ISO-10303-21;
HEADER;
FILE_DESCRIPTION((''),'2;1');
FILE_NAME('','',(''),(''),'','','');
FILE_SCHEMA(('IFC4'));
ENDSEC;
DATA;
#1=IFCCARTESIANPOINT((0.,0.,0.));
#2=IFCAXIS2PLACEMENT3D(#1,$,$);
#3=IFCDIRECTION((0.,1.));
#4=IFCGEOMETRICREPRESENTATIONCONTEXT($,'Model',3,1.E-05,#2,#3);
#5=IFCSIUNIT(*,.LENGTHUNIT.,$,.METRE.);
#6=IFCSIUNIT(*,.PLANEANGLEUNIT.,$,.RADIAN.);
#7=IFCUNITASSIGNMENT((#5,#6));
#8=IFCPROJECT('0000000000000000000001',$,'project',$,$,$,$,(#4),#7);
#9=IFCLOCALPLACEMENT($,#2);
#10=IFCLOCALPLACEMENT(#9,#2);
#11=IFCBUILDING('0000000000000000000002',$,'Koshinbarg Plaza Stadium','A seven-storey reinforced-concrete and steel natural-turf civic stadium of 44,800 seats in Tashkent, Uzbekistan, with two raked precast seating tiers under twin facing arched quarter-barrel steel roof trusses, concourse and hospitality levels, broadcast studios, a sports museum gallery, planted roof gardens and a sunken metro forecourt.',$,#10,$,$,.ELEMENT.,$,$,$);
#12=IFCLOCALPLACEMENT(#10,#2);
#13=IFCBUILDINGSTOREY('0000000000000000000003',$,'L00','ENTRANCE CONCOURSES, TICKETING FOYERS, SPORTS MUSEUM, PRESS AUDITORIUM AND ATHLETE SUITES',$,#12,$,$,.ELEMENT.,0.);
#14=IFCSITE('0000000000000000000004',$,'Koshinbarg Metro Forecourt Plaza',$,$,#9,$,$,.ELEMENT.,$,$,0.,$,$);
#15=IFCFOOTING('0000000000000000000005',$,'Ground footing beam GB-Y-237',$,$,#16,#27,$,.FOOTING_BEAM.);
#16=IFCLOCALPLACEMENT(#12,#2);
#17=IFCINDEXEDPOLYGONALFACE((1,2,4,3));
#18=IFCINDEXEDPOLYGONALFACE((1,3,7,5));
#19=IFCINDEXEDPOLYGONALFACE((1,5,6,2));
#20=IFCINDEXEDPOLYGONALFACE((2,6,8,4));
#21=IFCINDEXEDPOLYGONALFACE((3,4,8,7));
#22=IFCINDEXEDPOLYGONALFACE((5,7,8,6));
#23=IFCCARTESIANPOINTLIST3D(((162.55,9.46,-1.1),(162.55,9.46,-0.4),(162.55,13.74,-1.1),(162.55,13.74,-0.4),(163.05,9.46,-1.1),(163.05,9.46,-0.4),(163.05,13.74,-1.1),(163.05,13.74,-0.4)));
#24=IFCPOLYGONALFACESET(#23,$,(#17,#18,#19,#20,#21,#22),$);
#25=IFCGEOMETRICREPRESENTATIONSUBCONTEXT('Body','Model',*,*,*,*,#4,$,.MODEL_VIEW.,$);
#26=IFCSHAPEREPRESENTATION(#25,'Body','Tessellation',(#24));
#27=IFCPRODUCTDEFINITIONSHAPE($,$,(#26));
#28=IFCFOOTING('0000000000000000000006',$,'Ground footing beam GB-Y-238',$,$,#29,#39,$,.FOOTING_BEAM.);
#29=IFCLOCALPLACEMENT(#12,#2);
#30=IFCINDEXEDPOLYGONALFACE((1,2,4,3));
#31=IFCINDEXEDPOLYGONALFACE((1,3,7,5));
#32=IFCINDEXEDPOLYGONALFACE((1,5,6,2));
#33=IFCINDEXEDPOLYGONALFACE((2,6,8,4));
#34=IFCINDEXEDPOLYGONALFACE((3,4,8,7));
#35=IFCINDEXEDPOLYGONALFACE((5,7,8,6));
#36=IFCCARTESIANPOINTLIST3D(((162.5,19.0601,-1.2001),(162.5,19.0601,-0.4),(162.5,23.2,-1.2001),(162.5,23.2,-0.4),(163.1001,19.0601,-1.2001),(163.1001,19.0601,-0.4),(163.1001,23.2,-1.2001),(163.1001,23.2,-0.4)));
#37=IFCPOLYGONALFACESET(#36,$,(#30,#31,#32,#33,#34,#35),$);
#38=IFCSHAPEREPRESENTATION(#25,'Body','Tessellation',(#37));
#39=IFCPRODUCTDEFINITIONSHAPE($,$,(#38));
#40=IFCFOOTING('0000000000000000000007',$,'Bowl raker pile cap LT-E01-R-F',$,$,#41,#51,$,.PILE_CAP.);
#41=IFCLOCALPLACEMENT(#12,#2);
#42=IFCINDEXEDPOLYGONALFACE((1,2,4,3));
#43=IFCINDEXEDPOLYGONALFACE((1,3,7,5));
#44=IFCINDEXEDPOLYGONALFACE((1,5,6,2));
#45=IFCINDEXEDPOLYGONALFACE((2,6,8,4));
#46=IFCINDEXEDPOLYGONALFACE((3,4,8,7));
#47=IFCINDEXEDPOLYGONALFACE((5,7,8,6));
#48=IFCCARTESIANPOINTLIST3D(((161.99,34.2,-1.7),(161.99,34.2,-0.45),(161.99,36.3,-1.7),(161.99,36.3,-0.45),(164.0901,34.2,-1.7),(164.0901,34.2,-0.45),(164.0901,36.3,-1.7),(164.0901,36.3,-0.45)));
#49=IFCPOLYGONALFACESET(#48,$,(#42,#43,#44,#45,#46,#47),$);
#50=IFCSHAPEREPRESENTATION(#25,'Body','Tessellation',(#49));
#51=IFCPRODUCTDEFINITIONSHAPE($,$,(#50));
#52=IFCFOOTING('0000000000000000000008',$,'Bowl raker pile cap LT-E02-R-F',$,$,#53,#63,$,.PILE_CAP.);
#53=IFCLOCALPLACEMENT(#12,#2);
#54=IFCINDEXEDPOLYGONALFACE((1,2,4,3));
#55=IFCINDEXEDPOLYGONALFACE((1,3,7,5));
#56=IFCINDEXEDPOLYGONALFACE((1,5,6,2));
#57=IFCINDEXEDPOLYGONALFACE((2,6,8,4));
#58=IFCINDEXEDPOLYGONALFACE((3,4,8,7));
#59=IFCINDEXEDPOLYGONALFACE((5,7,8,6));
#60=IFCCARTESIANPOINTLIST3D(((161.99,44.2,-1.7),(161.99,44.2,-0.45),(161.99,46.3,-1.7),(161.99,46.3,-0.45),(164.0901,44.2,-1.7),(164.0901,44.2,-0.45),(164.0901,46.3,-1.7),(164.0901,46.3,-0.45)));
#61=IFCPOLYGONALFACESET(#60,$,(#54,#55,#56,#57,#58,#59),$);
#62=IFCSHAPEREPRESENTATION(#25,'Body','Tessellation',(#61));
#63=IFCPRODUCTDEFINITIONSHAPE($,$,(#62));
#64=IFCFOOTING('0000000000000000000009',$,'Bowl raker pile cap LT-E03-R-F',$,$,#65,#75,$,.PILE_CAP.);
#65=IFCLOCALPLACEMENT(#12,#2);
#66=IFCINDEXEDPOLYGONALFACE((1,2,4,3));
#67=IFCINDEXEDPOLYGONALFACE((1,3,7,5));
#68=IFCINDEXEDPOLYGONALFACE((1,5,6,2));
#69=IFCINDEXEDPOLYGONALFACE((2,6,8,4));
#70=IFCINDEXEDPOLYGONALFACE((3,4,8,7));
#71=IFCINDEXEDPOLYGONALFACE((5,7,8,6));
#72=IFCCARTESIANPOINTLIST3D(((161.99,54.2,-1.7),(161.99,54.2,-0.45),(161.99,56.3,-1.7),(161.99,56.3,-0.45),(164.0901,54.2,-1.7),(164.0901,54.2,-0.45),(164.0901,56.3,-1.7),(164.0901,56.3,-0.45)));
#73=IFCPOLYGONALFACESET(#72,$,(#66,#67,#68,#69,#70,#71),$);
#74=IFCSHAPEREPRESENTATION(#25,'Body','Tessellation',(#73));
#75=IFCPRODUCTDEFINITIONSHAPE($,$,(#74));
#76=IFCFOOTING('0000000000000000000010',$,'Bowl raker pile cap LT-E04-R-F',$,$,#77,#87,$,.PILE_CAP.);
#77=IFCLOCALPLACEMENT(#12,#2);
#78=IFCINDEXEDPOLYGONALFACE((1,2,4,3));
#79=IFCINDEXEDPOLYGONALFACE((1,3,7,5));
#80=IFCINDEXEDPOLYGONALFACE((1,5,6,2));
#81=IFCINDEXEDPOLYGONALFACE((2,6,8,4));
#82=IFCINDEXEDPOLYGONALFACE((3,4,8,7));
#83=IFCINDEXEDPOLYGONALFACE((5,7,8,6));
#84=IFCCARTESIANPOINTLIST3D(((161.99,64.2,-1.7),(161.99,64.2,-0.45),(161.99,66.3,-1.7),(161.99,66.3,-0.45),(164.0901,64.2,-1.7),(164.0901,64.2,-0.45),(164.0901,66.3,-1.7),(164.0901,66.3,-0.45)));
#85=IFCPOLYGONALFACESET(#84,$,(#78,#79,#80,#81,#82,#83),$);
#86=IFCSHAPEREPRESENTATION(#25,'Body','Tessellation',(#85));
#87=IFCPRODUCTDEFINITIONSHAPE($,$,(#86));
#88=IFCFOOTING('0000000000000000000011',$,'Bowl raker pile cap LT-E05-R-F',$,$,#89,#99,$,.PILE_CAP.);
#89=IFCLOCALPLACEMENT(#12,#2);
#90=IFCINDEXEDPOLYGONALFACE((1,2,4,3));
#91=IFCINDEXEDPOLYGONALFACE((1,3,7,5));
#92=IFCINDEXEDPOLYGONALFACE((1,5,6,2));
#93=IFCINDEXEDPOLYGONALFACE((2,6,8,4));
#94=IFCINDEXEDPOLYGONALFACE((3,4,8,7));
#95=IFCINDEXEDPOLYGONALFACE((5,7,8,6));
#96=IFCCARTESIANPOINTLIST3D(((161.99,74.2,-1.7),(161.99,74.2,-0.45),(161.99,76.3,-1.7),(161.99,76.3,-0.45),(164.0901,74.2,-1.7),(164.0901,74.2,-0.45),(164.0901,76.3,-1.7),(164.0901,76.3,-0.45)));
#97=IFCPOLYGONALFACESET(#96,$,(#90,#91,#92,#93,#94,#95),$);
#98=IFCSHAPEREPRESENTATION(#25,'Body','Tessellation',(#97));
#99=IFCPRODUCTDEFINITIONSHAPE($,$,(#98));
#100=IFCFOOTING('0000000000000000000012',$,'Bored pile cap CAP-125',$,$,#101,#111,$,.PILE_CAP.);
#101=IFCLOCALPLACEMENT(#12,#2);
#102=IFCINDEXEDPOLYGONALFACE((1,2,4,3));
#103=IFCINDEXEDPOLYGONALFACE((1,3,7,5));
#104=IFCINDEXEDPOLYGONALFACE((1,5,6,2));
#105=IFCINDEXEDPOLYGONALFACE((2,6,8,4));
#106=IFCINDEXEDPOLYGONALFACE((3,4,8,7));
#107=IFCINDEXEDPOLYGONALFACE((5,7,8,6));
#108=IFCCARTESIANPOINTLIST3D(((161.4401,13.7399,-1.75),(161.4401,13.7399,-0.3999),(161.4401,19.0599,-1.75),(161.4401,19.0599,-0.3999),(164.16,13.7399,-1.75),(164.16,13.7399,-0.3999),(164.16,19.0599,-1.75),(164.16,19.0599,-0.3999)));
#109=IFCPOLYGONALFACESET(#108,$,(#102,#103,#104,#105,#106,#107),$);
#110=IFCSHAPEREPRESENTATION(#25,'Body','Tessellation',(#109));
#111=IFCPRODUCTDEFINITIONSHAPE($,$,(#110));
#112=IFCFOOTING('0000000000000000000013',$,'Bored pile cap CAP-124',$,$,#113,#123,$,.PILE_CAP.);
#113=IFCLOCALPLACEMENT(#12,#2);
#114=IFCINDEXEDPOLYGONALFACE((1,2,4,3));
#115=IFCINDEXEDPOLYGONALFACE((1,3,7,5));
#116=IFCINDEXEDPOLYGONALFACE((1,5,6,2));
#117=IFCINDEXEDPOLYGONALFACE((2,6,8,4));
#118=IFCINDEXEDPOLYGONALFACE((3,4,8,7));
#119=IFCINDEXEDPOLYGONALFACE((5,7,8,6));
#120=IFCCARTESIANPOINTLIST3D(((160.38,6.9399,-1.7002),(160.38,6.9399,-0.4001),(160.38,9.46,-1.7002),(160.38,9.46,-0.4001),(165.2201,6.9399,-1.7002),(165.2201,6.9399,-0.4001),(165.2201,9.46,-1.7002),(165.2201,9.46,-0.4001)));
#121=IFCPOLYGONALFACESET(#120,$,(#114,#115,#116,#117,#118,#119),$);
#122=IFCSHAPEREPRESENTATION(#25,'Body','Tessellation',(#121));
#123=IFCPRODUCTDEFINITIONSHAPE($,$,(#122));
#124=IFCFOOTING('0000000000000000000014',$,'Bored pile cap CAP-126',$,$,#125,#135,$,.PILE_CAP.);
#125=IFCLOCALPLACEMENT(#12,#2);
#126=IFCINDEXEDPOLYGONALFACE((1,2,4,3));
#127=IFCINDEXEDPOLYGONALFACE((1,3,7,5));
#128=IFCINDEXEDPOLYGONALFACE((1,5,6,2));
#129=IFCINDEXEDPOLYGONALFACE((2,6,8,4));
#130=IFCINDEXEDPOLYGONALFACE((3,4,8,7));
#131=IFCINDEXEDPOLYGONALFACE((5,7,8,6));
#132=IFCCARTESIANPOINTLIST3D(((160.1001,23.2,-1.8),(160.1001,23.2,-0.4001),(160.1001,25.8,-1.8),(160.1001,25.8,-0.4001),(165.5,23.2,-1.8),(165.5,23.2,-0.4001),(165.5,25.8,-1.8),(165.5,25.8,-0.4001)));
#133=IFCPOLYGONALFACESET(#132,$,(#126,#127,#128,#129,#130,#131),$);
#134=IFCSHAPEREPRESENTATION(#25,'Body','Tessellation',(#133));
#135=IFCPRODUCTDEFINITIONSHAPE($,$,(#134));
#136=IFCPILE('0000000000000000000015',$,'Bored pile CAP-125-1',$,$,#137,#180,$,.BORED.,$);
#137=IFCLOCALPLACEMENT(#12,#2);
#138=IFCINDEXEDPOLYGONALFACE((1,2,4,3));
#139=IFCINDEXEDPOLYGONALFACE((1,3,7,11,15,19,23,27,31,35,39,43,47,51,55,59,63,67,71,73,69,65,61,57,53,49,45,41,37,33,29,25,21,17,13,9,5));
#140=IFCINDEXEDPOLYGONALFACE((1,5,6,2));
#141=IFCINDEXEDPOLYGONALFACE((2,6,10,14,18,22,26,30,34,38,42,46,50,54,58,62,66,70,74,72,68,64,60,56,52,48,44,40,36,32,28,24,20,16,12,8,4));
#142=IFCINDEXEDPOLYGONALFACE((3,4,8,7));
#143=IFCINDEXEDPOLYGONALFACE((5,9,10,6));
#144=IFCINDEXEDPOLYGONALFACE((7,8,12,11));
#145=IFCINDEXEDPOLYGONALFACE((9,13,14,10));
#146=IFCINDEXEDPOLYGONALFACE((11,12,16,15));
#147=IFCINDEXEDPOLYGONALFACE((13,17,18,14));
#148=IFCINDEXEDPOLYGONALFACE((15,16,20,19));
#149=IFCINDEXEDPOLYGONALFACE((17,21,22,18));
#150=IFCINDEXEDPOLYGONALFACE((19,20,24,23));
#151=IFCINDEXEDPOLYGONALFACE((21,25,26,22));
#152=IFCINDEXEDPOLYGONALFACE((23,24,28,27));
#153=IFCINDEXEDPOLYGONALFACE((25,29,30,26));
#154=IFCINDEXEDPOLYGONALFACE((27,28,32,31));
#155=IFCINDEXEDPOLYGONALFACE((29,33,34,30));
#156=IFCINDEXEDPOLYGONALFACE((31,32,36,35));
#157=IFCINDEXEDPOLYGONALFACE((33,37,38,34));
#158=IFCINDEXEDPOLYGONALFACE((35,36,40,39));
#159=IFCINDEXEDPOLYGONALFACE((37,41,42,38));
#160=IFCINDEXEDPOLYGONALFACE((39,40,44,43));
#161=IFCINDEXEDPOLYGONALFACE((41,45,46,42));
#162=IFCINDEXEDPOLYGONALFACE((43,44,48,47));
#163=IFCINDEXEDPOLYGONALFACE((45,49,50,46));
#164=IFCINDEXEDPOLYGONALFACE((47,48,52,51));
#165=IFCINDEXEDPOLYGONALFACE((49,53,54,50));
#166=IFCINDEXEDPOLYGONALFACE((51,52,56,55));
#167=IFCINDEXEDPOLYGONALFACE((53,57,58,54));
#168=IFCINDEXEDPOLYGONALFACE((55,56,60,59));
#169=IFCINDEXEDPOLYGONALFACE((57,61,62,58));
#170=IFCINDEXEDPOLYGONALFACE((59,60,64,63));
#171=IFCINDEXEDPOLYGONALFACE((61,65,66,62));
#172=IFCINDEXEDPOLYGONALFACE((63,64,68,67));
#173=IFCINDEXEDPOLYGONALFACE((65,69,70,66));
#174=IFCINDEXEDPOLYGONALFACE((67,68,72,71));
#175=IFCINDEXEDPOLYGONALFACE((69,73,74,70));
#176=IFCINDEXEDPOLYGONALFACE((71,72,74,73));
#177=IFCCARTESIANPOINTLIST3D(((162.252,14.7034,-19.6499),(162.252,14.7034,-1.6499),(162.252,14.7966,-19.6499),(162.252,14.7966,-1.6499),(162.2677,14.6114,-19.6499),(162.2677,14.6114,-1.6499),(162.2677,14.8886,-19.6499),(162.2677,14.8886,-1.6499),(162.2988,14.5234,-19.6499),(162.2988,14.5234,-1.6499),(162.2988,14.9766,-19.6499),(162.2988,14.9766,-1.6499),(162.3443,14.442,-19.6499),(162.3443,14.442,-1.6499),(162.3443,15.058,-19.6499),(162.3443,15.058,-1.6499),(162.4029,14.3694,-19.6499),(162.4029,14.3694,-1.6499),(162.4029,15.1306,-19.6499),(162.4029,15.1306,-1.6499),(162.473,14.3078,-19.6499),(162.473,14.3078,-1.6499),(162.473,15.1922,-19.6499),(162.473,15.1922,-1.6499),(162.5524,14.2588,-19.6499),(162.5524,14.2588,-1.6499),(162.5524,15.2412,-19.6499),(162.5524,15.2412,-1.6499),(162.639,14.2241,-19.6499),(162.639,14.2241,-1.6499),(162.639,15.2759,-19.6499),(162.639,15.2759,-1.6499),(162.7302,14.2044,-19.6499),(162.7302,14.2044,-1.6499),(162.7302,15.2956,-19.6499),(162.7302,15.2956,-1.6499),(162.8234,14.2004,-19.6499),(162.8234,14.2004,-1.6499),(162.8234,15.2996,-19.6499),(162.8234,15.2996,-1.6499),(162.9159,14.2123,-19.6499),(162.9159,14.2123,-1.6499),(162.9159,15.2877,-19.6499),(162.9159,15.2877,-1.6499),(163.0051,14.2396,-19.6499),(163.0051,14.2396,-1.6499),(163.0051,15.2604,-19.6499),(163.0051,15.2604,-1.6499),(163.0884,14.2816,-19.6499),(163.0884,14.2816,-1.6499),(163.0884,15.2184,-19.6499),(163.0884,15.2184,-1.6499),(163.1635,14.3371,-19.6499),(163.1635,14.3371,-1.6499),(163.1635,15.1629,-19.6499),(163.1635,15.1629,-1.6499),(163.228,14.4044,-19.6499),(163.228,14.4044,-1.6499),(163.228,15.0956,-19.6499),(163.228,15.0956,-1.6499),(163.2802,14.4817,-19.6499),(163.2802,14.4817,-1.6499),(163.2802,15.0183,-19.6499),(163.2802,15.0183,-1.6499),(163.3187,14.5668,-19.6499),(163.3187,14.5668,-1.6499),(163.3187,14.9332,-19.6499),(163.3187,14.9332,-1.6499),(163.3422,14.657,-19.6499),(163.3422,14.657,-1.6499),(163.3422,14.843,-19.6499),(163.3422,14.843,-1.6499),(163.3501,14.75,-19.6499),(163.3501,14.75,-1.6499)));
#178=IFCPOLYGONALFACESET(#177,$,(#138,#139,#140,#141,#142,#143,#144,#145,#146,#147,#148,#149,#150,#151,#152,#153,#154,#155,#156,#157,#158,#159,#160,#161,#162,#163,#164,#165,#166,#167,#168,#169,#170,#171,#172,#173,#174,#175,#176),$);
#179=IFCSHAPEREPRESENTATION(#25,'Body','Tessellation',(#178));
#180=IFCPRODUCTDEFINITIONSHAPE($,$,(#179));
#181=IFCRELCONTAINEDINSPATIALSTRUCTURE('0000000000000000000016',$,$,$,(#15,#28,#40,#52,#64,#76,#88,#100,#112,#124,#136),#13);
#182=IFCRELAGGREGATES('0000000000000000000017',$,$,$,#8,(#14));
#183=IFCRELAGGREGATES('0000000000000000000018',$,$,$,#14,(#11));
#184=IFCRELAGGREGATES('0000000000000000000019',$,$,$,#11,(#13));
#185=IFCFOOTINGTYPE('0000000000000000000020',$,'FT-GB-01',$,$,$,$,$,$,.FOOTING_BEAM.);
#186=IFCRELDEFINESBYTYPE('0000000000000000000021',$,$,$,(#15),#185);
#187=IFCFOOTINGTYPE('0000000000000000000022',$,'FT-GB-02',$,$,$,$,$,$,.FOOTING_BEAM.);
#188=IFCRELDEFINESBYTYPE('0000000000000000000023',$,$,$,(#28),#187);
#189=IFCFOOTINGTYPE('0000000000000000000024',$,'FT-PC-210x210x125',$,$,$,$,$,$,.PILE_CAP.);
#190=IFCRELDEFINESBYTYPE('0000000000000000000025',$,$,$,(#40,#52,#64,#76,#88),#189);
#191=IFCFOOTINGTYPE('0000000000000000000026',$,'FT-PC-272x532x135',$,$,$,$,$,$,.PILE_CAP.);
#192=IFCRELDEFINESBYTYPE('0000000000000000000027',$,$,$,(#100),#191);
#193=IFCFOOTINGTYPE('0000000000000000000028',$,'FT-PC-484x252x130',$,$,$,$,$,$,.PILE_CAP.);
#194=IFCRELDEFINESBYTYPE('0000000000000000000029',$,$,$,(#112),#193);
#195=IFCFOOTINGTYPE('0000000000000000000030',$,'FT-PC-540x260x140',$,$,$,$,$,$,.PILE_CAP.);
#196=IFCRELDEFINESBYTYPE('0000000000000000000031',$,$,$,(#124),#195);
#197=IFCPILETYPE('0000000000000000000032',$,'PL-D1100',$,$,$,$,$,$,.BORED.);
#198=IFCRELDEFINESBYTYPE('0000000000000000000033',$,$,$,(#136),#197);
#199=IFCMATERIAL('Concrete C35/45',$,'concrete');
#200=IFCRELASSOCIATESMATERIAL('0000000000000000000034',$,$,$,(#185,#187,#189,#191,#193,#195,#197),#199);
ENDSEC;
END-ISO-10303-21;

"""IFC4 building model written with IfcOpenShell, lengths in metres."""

from ifc_helpers import new_model, si_unit, direction, frame, origin, origin_2d, place, context, subcontext, project, spatial, rectangle, circle, extrude, material, material_profile, profile_set, type_object, element, save


model = new_model("IFC4")

# Units and contexts
model_context = context("Model", 3, precision=1e-05, world=origin(), true_north=direction((0.0, 1.0)))
body_context = subcontext(model_context, "Body", "Model", "MODEL_VIEW")
ifc_project = project(units=[si_unit("LENGTHUNIT", "METRE"), si_unit("PLANEANGLEUNIT", "RADIAN")], contexts=[model_context])

# Site, building, storey
site_placement = place(None, origin())
site = spatial("IfcSite", under=ifc_project, at=site_placement, Name="Koshinbarg Metro Forecourt Plaza", CompositionType="ELEMENT", RefElevation=0.0)
building_placement = place(site_placement, origin())
building = spatial("IfcBuilding", under=site, at=building_placement, Name="Koshinbarg Plaza Stadium", Description="A seven-storey reinforced-concrete and steel natural-turf civic stadium of 44,800 seats in Tashkent, Uzbekistan, with two raked precast seating tiers under twin facing arched quarter-barrel steel roof trusses, concourse and hospitality levels, broadcast studios, a sports museum gallery, planted roof gardens and a sunken metro forecourt.", CompositionType="ELEMENT")
storey_placement = place(building_placement, origin())
storey = spatial("IfcBuildingStorey", under=building, at=storey_placement, Name="L00", Description="ENTRANCE CONCOURSES, TICKETING FOYERS, SPORTS MUSEUM, PRESS AUDITORIUM AND ATHLETE SUITES", CompositionType="ELEMENT", Elevation=0.0)

# Footings
ifc_material_1 = material(Name="Concrete C35/45", Category="concrete")
ifc_material_profile_1 = material_profile(ifc_material_1, rectangle(XDim=0.5, YDim=0.7, at=origin_2d()), Name="GB 500x700")
ifc_profile_set_1 = profile_set([ifc_material_profile_1], Name="Concrete C35/45")
footing_type_1 = type_object("IfcFootingType", Name="FT-GB-01", PredefinedType="FOOTING_BEAM", material=ifc_profile_set_1)
footing_1_placement = place(storey_placement, frame((162.8, 9.46, -0.75), z_axis=(0.0, 1.0, 0.0), x_axis=(-1.0, 0.0, 0.0)))
element("IfcFooting", 1, at=footing_1_placement, inside=storey, type_object=footing_type_1, Name="Ground footing beam GB-Y-237", PredefinedType="FOOTING_BEAM", context=body_context, shape_type="SweptSolid", body=[
    extrude(rectangle(XDim=0.5, YDim=0.7, at=origin_2d()), origin(), (0.0, 0.0, 1.0), 4.28),
])
ifc_material_profile_2 = material_profile(ifc_material_1, rectangle(XDim=0.6001, YDim=0.8, at=origin_2d()), Name="GB 600x800")
ifc_profile_set_2 = profile_set([ifc_material_profile_2], Name="Concrete C35/45")
footing_type_2 = type_object("IfcFootingType", Name="FT-GB-02", PredefinedType="FOOTING_BEAM", material=ifc_profile_set_2)
footing_2_placement = place(storey_placement, frame((162.8, 19.0601, -0.8), z_axis=(0.0, 1.0, 0.0), x_axis=(-1.0, 0.0, 0.0)))
element("IfcFooting", 2, at=footing_2_placement, inside=storey, type_object=footing_type_2, Name="Ground footing beam GB-Y-238", PredefinedType="FOOTING_BEAM", context=body_context, shape_type="SweptSolid", body=[
    extrude(rectangle(XDim=0.6001, YDim=0.8, at=origin_2d()), origin(), (0.0, 0.0, 1.0), 4.1399),
])
footing_type_3 = type_object("IfcFootingType", Name="FT-PC-210x210x125", PredefinedType="PILE_CAP", material=ifc_material_1)
for number, where, z_axis, x_axis, name in (
    (3, (163.04, 35.25, -1.7), (0.0, 0.0, 1.0), (1.0, 0.0, 0.0), "Bowl raker pile cap LT-E01-R-F"),
    (4, (163.04, 45.25, -1.7), (0.0, 0.0, 1.0), (1.0, 0.0, 0.0), "Bowl raker pile cap LT-E02-R-F"),
    (5, (163.04, 55.25, -1.7), (0.0, 0.0, 1.0), (1.0, 0.0, 0.0), "Bowl raker pile cap LT-E03-R-F"),
    (6, (163.04, 65.25, -1.7), (0.0, 0.0, 1.0), (1.0, 0.0, 0.0), "Bowl raker pile cap LT-E04-R-F"),
    (7, (163.04, 75.25, -1.7), (0.0, 0.0, 1.0), (1.0, 0.0, 0.0), "Bowl raker pile cap LT-E05-R-F"),
):
    element("IfcFooting", number, at=place(storey_placement, frame(where, z_axis=z_axis, x_axis=x_axis)), inside=storey, type_object=footing_type_3, Name=name, PredefinedType="PILE_CAP", context=body_context, shape_type="SweptSolid", body=[
        extrude(rectangle(XDim=2.1001, YDim=2.1001, at=origin_2d()), origin(), (0.0, 0.0, 1.0), 1.25),
    ])
footing_type_4 = type_object("IfcFootingType", Name="FT-PC-272x532x135", PredefinedType="PILE_CAP", material=ifc_material_1)
footing_3_placement = place(storey_placement, frame((162.8, 16.3999, -1.75), z_axis=(0.0, 0.0, 1.0), x_axis=(1.0, 0.0, 0.0)))
element("IfcFooting", 8, at=footing_3_placement, inside=storey, type_object=footing_type_4, Name="Bored pile cap CAP-125", PredefinedType="PILE_CAP", context=body_context, shape_type="SweptSolid", body=[
    extrude(rectangle(XDim=2.72, YDim=5.3201, at=origin_2d()), origin(), (0.0, 0.0, 1.0), 1.3501),
])
footing_type_5 = type_object("IfcFootingType", Name="FT-PC-484x252x130", PredefinedType="PILE_CAP", material=ifc_material_1)
footing_4_placement = place(storey_placement, frame((162.8, 8.2, -1.7002), z_axis=(0.0, 0.0, 1.0), x_axis=(1.0, 0.0, 0.0)))
element("IfcFooting", 9, at=footing_4_placement, inside=storey, type_object=footing_type_5, Name="Bored pile cap CAP-124", PredefinedType="PILE_CAP", context=body_context, shape_type="SweptSolid", body=[
    extrude(rectangle(XDim=4.8401, YDim=2.52, at=origin_2d()), origin(), (0.0, 0.0, 1.0), 1.3),
])
footing_type_6 = type_object("IfcFootingType", Name="FT-PC-540x260x140", PredefinedType="PILE_CAP", material=ifc_material_1)
footing_5_placement = place(storey_placement, frame((162.8, 24.5, -1.8), z_axis=(0.0, 0.0, 1.0), x_axis=(1.0, 0.0, 0.0)))
element("IfcFooting", 10, at=footing_5_placement, inside=storey, type_object=footing_type_6, Name="Bored pile cap CAP-126", PredefinedType="PILE_CAP", context=body_context, shape_type="SweptSolid", body=[
    extrude(rectangle(XDim=5.3999, YDim=2.6001, at=origin_2d()), origin(), (0.0, 0.0, 1.0), 1.3999),
])

# Pile
ifc_material_profile_3 = material_profile(ifc_material_1, circle(Radius=0.55, at=origin_2d()), Name="PILE D1100")
ifc_profile_set_3 = profile_set([ifc_material_profile_3], Name="Concrete C35/45")
pile_type_1 = type_object("IfcPileType", Name="PL-D1100", PredefinedType="BORED", material=ifc_profile_set_3)
for number, where, z_axis, x_axis, name in (
    (11, (162.8, 14.75, -1.6499), (0.0, 0.0, -1.0), (1.0, 0.0, 0.0), "Bored pile CAP-125-1"),
):
    element("IfcPile", number, at=place(storey_placement, frame(where, z_axis=z_axis, x_axis=x_axis)), inside=storey, type_object=pile_type_1, Name=name, PredefinedType="BORED", context=body_context, shape_type="SweptSolid", body=[
        extrude(circle(Radius=0.55, at=origin_2d()), origin(), (0.0, 0.0, 1.0), 18.0),
    ])

save(model, "model.ifc")
